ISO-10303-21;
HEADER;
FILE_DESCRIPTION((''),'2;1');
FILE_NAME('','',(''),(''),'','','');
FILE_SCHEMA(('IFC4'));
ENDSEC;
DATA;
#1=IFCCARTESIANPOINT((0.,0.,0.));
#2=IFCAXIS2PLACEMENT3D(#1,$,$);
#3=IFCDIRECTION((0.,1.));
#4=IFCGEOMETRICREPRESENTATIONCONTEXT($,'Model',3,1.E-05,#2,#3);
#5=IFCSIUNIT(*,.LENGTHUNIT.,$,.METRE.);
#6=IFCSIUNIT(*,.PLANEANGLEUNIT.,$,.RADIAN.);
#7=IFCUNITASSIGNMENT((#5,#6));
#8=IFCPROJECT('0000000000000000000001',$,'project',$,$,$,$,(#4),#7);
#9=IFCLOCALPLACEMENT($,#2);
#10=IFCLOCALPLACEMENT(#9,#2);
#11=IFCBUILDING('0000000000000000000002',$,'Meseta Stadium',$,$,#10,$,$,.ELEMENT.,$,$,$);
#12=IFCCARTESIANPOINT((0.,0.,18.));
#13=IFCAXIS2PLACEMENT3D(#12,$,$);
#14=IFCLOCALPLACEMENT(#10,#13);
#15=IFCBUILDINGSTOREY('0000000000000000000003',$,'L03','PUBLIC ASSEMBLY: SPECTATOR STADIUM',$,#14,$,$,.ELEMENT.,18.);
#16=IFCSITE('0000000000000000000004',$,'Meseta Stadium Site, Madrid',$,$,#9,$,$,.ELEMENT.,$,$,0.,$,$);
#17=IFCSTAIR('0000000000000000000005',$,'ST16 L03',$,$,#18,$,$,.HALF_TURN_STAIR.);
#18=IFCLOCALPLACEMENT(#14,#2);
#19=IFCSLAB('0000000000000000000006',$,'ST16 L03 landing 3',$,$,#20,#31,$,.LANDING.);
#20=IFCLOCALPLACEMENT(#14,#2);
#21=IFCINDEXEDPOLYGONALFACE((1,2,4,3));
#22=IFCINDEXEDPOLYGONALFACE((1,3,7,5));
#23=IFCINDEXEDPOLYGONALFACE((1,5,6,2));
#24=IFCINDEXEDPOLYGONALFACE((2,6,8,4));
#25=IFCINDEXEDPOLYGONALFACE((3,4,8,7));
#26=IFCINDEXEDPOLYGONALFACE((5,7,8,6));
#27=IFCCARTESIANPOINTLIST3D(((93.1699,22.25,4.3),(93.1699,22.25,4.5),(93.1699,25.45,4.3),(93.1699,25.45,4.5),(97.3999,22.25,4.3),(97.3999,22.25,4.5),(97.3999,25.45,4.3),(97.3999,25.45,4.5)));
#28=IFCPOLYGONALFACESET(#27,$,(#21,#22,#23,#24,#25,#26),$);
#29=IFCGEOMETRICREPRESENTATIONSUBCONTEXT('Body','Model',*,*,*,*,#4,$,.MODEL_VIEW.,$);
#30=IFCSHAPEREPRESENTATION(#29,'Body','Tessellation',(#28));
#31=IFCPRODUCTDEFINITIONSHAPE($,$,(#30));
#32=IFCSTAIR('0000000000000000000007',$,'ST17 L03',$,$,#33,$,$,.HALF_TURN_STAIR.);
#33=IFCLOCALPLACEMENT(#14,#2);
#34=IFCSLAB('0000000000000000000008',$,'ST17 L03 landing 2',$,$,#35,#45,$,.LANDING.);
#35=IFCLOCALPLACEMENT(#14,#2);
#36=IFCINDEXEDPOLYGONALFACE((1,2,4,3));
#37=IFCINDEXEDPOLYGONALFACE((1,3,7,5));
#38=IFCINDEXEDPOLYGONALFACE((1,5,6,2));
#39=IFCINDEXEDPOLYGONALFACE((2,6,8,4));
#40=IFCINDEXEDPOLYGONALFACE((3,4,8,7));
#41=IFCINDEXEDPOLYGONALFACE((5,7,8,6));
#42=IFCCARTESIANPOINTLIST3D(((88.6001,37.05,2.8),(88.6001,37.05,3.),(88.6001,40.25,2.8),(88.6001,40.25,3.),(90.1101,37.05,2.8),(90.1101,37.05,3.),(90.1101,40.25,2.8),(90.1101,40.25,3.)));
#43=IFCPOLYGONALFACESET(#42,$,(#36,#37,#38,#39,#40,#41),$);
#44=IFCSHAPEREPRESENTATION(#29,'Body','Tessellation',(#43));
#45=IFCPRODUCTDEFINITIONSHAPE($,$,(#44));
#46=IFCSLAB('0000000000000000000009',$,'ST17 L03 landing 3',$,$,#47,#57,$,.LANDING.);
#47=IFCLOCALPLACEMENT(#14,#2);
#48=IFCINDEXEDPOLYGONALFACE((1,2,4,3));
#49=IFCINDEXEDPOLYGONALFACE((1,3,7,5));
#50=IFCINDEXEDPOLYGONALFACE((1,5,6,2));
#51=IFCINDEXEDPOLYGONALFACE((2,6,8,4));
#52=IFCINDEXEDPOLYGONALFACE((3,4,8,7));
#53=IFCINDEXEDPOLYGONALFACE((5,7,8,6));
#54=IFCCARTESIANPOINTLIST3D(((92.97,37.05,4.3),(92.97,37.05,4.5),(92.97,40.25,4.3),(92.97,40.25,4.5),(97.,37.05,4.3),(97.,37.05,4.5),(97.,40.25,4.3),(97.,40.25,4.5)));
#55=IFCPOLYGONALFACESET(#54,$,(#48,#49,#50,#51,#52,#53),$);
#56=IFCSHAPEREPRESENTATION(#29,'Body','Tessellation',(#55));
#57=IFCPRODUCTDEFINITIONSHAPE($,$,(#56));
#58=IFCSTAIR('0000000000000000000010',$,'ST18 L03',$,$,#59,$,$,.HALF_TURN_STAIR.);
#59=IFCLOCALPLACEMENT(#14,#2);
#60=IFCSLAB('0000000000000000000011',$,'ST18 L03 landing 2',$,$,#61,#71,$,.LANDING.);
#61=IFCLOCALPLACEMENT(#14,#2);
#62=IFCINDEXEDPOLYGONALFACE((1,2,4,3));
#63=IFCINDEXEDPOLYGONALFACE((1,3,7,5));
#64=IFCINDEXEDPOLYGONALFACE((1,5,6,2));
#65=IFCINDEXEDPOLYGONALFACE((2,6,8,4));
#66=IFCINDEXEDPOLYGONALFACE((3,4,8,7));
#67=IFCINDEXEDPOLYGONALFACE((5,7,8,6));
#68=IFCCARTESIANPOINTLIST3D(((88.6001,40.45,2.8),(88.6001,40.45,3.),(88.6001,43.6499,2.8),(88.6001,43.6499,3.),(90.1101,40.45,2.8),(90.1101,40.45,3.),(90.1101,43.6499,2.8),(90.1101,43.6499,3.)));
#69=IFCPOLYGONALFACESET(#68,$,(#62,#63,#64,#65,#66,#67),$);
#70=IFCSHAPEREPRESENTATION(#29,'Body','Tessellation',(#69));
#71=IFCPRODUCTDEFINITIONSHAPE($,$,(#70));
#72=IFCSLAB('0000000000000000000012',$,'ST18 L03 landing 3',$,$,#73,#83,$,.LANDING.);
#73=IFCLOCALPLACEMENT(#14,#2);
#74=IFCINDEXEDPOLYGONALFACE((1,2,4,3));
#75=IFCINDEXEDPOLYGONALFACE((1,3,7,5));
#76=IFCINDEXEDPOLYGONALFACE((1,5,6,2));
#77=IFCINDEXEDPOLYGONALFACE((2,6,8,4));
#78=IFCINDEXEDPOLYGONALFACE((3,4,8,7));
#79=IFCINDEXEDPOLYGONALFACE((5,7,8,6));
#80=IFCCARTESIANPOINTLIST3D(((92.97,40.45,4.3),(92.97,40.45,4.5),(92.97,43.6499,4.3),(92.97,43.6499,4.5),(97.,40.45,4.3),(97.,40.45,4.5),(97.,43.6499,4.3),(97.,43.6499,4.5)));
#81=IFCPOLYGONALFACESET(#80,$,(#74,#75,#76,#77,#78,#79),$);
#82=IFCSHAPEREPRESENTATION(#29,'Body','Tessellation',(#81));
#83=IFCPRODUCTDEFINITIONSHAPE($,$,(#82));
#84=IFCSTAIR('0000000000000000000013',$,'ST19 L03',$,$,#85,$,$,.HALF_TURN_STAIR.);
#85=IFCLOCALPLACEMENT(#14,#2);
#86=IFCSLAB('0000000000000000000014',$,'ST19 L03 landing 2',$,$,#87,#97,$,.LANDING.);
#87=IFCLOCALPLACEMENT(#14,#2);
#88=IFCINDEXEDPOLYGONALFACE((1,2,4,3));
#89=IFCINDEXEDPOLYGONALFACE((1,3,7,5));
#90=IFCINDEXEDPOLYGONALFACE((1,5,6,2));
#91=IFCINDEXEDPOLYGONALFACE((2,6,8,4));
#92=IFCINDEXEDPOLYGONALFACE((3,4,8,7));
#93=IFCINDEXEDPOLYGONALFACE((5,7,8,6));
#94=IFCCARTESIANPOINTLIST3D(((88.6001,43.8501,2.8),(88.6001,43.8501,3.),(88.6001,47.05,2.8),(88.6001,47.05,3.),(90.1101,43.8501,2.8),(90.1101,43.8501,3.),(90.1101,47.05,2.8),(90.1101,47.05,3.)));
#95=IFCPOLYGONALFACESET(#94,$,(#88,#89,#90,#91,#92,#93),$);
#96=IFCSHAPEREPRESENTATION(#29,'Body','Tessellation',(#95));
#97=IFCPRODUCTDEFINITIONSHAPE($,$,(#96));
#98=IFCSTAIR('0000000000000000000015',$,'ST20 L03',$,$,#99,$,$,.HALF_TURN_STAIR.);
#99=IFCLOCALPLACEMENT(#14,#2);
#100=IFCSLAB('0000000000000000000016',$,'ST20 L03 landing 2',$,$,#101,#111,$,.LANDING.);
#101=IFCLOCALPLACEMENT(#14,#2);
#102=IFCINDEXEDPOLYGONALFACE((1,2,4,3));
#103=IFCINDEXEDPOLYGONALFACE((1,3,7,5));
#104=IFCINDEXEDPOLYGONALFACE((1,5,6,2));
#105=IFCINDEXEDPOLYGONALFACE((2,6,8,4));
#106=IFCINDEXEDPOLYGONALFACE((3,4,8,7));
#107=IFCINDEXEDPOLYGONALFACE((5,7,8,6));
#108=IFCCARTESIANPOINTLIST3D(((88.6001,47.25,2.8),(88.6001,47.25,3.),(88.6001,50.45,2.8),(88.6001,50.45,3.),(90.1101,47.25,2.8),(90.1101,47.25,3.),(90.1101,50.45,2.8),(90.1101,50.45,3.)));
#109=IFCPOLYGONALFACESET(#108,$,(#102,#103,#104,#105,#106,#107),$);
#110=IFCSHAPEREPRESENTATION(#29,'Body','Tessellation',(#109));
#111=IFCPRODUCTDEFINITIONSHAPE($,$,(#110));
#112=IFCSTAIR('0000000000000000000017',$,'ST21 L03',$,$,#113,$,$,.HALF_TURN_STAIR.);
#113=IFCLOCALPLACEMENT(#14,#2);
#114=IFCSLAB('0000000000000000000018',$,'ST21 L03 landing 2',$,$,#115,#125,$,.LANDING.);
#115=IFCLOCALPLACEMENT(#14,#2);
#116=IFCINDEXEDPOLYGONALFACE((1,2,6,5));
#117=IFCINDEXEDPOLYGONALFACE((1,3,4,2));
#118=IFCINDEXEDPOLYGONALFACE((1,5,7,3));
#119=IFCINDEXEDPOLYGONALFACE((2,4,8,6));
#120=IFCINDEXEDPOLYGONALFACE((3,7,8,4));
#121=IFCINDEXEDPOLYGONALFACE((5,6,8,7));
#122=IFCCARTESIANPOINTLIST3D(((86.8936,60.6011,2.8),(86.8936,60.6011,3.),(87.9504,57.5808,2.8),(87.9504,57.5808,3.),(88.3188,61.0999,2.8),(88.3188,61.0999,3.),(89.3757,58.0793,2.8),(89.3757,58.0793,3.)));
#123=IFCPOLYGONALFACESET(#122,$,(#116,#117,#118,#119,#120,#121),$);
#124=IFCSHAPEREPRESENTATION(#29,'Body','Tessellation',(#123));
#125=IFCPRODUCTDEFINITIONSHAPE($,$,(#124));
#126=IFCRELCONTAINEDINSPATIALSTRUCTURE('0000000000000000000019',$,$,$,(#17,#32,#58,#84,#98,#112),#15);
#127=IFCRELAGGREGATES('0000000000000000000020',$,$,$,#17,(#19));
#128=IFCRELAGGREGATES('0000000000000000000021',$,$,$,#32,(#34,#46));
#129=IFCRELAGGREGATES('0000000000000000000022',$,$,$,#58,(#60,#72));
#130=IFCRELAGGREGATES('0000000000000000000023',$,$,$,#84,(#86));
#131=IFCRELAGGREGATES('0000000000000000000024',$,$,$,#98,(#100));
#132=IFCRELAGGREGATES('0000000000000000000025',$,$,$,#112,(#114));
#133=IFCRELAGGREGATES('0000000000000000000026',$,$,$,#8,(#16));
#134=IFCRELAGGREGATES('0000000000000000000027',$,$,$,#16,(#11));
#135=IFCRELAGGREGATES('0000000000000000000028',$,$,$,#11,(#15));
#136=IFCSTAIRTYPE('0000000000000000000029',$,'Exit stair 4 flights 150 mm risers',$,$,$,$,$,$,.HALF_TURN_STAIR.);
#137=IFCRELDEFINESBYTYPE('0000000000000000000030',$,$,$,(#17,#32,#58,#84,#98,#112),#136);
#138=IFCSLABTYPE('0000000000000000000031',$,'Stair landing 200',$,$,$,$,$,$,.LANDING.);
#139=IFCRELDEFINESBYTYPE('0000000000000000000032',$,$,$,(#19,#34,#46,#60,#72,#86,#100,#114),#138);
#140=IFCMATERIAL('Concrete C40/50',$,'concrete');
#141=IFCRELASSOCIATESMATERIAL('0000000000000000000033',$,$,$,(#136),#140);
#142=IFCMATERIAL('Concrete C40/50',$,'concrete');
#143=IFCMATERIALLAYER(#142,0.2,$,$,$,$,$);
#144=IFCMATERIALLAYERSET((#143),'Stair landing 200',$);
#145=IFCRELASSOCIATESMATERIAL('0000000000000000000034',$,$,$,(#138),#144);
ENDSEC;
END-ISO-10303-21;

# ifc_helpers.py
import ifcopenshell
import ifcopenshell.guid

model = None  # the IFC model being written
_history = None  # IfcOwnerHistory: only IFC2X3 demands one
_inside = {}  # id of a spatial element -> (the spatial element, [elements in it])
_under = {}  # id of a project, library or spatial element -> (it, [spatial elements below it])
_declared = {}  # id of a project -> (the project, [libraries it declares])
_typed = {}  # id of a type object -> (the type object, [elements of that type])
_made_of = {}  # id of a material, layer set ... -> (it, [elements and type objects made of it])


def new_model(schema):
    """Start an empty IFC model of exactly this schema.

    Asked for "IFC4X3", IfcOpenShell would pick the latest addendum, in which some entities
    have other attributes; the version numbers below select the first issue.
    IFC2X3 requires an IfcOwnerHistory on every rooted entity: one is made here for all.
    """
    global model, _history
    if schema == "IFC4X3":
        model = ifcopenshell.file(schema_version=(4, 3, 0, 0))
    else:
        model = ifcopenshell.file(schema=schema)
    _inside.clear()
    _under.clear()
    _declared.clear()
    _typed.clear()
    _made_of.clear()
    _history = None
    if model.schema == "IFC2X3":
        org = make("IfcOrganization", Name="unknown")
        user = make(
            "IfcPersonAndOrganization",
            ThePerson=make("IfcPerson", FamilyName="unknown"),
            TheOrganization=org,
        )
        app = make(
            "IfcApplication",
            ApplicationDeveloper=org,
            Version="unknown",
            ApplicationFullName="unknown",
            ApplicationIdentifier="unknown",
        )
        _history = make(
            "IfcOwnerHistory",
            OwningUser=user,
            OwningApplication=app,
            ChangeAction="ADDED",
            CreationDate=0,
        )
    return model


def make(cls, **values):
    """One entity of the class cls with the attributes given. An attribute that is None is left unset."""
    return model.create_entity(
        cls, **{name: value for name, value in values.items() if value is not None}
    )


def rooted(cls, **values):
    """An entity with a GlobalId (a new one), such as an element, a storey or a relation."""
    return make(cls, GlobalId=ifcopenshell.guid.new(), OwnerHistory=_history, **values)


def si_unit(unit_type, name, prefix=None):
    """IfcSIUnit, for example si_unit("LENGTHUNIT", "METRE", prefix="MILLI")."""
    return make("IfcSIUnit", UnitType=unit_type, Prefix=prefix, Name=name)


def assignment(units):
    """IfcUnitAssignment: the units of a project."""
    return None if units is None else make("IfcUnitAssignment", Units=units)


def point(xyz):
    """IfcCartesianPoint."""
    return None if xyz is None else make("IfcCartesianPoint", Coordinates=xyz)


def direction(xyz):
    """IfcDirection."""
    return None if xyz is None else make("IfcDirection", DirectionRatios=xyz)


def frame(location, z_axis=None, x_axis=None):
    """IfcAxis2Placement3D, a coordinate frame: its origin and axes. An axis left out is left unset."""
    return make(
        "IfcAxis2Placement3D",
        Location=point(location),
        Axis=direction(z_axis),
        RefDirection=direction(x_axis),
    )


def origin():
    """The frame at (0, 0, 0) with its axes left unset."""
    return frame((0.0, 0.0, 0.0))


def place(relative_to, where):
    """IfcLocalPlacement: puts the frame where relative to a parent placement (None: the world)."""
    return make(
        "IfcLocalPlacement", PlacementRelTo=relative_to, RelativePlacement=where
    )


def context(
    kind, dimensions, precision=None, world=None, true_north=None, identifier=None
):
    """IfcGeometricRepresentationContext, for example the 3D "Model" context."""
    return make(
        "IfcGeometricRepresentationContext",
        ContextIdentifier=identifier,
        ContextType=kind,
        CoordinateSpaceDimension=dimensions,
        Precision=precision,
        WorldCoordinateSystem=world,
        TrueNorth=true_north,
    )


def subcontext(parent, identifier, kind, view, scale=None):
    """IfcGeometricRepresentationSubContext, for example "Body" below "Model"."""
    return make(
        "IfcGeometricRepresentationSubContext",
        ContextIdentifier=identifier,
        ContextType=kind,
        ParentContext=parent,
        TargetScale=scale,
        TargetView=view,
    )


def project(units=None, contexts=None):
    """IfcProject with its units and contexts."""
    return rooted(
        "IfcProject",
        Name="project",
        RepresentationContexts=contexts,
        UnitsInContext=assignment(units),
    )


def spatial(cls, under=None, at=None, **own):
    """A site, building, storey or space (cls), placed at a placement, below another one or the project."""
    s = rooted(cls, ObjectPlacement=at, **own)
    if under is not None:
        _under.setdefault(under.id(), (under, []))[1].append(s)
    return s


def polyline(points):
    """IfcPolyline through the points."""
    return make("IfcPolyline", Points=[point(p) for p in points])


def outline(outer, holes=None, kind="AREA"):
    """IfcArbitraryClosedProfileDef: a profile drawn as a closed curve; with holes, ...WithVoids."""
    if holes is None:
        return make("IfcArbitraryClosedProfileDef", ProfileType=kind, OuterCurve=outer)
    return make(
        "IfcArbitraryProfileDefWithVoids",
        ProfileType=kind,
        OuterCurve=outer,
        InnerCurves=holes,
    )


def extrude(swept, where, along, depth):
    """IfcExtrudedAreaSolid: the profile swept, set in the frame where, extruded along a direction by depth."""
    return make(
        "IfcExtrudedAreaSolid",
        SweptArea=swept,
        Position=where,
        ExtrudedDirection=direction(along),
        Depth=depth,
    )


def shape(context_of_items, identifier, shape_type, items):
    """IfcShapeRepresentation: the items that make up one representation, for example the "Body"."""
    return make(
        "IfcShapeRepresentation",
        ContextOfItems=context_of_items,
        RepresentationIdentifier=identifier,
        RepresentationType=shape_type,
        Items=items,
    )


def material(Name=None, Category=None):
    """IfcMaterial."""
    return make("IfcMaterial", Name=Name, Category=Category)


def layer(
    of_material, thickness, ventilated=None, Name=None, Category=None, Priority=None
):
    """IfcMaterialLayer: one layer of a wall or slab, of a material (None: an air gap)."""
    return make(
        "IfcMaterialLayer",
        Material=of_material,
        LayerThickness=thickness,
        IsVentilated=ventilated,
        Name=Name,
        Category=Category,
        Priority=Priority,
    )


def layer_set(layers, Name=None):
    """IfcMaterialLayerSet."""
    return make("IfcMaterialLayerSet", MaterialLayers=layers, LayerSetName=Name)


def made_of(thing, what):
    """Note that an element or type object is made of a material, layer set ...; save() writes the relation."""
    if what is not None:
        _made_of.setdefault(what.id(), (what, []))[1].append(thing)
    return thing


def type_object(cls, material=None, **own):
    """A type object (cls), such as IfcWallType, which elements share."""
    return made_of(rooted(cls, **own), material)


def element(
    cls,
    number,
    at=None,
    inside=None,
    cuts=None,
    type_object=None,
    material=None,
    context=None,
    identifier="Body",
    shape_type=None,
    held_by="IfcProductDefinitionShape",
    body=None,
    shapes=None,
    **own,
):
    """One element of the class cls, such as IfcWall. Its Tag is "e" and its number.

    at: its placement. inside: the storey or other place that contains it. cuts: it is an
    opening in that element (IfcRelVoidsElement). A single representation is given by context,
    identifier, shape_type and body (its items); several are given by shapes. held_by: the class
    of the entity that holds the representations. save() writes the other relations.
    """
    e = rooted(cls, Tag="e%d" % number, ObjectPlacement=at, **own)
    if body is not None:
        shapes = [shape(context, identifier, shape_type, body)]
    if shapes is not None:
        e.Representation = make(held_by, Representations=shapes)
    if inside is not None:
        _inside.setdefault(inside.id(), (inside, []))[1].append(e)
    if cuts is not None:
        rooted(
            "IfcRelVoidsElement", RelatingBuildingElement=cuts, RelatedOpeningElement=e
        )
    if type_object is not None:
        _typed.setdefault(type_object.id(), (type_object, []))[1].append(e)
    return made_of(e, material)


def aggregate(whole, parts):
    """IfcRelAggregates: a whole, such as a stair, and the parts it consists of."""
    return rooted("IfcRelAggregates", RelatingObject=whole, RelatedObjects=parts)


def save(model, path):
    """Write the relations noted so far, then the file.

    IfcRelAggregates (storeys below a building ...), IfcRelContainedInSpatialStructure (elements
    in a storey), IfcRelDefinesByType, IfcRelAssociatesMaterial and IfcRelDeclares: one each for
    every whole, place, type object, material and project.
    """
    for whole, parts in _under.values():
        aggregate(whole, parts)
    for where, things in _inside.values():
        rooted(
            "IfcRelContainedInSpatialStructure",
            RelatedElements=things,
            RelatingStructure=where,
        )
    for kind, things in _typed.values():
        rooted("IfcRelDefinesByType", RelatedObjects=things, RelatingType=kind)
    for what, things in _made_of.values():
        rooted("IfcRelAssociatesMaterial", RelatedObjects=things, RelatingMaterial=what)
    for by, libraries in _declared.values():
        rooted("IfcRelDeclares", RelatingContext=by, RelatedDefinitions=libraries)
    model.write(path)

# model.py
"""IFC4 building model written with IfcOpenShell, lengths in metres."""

from ifc_helpers import new_model, si_unit, direction, frame, origin, place, context, subcontext, project, spatial, polyline, outline, extrude, material, layer, layer_set, type_object, element, aggregate, save


model = new_model("IFC4")

# Units and contexts
model_context = context("Model", 3, precision=1e-05, world=origin(), true_north=direction((0.0, 1.0)))
body_context = subcontext(model_context, "Body", "Model", "MODEL_VIEW")
ifc_project = project(units=[si_unit("LENGTHUNIT", "METRE"), si_unit("PLANEANGLEUNIT", "RADIAN")], contexts=[model_context])

# Site, building, storey
site_placement = place(None, origin())
site = spatial("IfcSite", under=ifc_project, at=site_placement, Name="Meseta Stadium Site, Madrid", CompositionType="ELEMENT", RefElevation=0.0)
building_placement = place(site_placement, origin())
building = spatial("IfcBuilding", under=site, at=building_placement, Name="Meseta Stadium", CompositionType="ELEMENT")
storey_placement = place(building_placement, frame((0.0, 0.0, 18.0)))
storey = spatial("IfcBuildingStorey", under=building, at=storey_placement, Name="L03", Description="PUBLIC ASSEMBLY: SPECTATOR STADIUM", CompositionType="ELEMENT", Elevation=18.0)

# Stair, slab
ifc_material_1 = material(Name="Concrete C40/50", Category="concrete")
stair_type = type_object("IfcStairType", Name="Exit stair 4 flights 150 mm risers", PredefinedType="HALF_TURN_STAIR", material=ifc_material_1)
ifc_material_2 = material(Name="Concrete C40/50", Category="concrete")
ifc_layer = layer(ifc_material_2, 0.2)
ifc_layer_set = layer_set([ifc_layer], Name="Stair landing 200")
slab_type = type_object("IfcSlabType", Name="Stair landing 200", PredefinedType="LANDING", material=ifc_layer_set)
stair_1_placement = place(storey_placement, origin())
stair_1 = element("IfcStair", 1, at=stair_1_placement, inside=storey, type_object=stair_type, Name="ST16 L03", PredefinedType="HALF_TURN_STAIR")
slab_1_placement = place(storey_placement, frame((0.0, 0.0, 4.3)))
slab_1 = element("IfcSlab", 2, at=slab_1_placement, type_object=slab_type, Name="ST16 L03 landing 3", PredefinedType="LANDING", context=body_context, shape_type="SweptSolid", body=[
    extrude(outline(polyline([(93.1699, 22.25), (97.3999, 22.25), (97.3999, 25.45), (93.1699, 25.45), (93.1699, 22.25)])), origin(), (0.0, 0.0, 1.0), 0.2),
])
aggregate(stair_1, [slab_1])

# Stairs, slabs
stair_2_placement = place(storey_placement, origin())
stair_2 = element("IfcStair", 3, at=stair_2_placement, inside=storey, type_object=stair_type, Name="ST17 L03", PredefinedType="HALF_TURN_STAIR")
slab_2_placement = place(storey_placement, frame((0.0, 0.0, 2.8)))
slab_2 = element("IfcSlab", 4, at=slab_2_placement, type_object=slab_type, Name="ST17 L03 landing 2", PredefinedType="LANDING", context=body_context, shape_type="SweptSolid", body=[
    extrude(outline(polyline([(88.6001, 37.05), (90.1101, 37.05), (90.1101, 40.25), (88.6001, 40.25), (88.6001, 37.05)])), origin(), (0.0, 0.0, 1.0), 0.2),
])
slab_3_placement = place(storey_placement, frame((0.0, 0.0, 4.3)))
slab_3 = element("IfcSlab", 5, at=slab_3_placement, type_object=slab_type, Name="ST17 L03 landing 3", PredefinedType="LANDING", context=body_context, shape_type="SweptSolid", body=[
    extrude(outline(polyline([(92.97, 37.05), (97.0, 37.05), (97.0, 40.25), (92.97, 40.25), (92.97, 37.05)])), origin(), (0.0, 0.0, 1.0), 0.2),
])
aggregate(stair_2, [slab_2, slab_3])
stair_3_placement = place(storey_placement, origin())
stair_3 = element("IfcStair", 6, at=stair_3_placement, inside=storey, type_object=stair_type, Name="ST18 L03", PredefinedType="HALF_TURN_STAIR")
slab_4_placement = place(storey_placement, frame((0.0, 0.0, 2.8)))
slab_4 = element("IfcSlab", 7, at=slab_4_placement, type_object=slab_type, Name="ST18 L03 landing 2", PredefinedType="LANDING", context=body_context, shape_type="SweptSolid", body=[
    extrude(outline(polyline([(88.6001, 40.45), (90.1101, 40.45), (90.1101, 43.6499), (88.6001, 43.6499), (88.6001, 40.45)])), origin(), (0.0, 0.0, 1.0), 0.2),
])
slab_5_placement = place(storey_placement, frame((0.0, 0.0, 4.3)))
slab_5 = element("IfcSlab", 8, at=slab_5_placement, type_object=slab_type, Name="ST18 L03 landing 3", PredefinedType="LANDING", context=body_context, shape_type="SweptSolid", body=[
    extrude(outline(polyline([(92.97, 40.45), (97.0, 40.45), (97.0, 43.6499), (92.97, 43.6499), (92.97, 40.45)])), origin(), (0.0, 0.0, 1.0), 0.2),
])
aggregate(stair_3, [slab_4, slab_5])

# Stairs, slabs
stair_4_placement = place(storey_placement, origin())
stair_4 = element("IfcStair", 9, at=stair_4_placement, inside=storey, type_object=stair_type, Name="ST19 L03", PredefinedType="HALF_TURN_STAIR")
slab_6_placement = place(storey_placement, frame((0.0, 0.0, 2.8)))
slab_6 = element("IfcSlab", 10, at=slab_6_placement, type_object=slab_type, Name="ST19 L03 landing 2", PredefinedType="LANDING", context=body_context, shape_type="SweptSolid", body=[
    extrude(outline(polyline([(88.6001, 43.8501), (90.1101, 43.8501), (90.1101, 47.05), (88.6001, 47.05), (88.6001, 43.8501)])), origin(), (0.0, 0.0, 1.0), 0.2),
])
aggregate(stair_4, [slab_6])
stair_5_placement = place(storey_placement, origin())
stair_5 = element("IfcStair", 11, at=stair_5_placement, inside=storey, type_object=stair_type, Name="ST20 L03", PredefinedType="HALF_TURN_STAIR")
slab_7_placement = place(storey_placement, frame((0.0, 0.0, 2.8)))
slab_7 = element("IfcSlab", 12, at=slab_7_placement, type_object=slab_type, Name="ST20 L03 landing 2", PredefinedType="LANDING", context=body_context, shape_type="SweptSolid", body=[
    extrude(outline(polyline([(88.6001, 47.25), (90.1101, 47.25), (90.1101, 50.45), (88.6001, 50.45), (88.6001, 47.25)])), origin(), (0.0, 0.0, 1.0), 0.2),
])
aggregate(stair_5, [slab_7])
stair_6_placement = place(storey_placement, origin())
stair_6 = element("IfcStair", 13, at=stair_6_placement, inside=storey, type_object=stair_type, Name="ST21 L03", PredefinedType="HALF_TURN_STAIR")
slab_8_placement = place(storey_placement, frame((0.0, 0.0, 2.8)))
slab_8 = element("IfcSlab", 14, at=slab_8_placement, type_object=slab_type, Name="ST21 L03 landing 2", PredefinedType="LANDING", context=body_context, shape_type="SweptSolid", body=[
    extrude(outline(polyline([(87.9504, 57.5808), (89.3757, 58.0793), (88.3188, 61.0999), (86.8936, 60.6011), (87.9504, 57.5808)])), origin(), (0.0, 0.0, 1.0), 0.2),
])
aggregate(stair_6, [slab_8])

save(model, "model.ifc")
